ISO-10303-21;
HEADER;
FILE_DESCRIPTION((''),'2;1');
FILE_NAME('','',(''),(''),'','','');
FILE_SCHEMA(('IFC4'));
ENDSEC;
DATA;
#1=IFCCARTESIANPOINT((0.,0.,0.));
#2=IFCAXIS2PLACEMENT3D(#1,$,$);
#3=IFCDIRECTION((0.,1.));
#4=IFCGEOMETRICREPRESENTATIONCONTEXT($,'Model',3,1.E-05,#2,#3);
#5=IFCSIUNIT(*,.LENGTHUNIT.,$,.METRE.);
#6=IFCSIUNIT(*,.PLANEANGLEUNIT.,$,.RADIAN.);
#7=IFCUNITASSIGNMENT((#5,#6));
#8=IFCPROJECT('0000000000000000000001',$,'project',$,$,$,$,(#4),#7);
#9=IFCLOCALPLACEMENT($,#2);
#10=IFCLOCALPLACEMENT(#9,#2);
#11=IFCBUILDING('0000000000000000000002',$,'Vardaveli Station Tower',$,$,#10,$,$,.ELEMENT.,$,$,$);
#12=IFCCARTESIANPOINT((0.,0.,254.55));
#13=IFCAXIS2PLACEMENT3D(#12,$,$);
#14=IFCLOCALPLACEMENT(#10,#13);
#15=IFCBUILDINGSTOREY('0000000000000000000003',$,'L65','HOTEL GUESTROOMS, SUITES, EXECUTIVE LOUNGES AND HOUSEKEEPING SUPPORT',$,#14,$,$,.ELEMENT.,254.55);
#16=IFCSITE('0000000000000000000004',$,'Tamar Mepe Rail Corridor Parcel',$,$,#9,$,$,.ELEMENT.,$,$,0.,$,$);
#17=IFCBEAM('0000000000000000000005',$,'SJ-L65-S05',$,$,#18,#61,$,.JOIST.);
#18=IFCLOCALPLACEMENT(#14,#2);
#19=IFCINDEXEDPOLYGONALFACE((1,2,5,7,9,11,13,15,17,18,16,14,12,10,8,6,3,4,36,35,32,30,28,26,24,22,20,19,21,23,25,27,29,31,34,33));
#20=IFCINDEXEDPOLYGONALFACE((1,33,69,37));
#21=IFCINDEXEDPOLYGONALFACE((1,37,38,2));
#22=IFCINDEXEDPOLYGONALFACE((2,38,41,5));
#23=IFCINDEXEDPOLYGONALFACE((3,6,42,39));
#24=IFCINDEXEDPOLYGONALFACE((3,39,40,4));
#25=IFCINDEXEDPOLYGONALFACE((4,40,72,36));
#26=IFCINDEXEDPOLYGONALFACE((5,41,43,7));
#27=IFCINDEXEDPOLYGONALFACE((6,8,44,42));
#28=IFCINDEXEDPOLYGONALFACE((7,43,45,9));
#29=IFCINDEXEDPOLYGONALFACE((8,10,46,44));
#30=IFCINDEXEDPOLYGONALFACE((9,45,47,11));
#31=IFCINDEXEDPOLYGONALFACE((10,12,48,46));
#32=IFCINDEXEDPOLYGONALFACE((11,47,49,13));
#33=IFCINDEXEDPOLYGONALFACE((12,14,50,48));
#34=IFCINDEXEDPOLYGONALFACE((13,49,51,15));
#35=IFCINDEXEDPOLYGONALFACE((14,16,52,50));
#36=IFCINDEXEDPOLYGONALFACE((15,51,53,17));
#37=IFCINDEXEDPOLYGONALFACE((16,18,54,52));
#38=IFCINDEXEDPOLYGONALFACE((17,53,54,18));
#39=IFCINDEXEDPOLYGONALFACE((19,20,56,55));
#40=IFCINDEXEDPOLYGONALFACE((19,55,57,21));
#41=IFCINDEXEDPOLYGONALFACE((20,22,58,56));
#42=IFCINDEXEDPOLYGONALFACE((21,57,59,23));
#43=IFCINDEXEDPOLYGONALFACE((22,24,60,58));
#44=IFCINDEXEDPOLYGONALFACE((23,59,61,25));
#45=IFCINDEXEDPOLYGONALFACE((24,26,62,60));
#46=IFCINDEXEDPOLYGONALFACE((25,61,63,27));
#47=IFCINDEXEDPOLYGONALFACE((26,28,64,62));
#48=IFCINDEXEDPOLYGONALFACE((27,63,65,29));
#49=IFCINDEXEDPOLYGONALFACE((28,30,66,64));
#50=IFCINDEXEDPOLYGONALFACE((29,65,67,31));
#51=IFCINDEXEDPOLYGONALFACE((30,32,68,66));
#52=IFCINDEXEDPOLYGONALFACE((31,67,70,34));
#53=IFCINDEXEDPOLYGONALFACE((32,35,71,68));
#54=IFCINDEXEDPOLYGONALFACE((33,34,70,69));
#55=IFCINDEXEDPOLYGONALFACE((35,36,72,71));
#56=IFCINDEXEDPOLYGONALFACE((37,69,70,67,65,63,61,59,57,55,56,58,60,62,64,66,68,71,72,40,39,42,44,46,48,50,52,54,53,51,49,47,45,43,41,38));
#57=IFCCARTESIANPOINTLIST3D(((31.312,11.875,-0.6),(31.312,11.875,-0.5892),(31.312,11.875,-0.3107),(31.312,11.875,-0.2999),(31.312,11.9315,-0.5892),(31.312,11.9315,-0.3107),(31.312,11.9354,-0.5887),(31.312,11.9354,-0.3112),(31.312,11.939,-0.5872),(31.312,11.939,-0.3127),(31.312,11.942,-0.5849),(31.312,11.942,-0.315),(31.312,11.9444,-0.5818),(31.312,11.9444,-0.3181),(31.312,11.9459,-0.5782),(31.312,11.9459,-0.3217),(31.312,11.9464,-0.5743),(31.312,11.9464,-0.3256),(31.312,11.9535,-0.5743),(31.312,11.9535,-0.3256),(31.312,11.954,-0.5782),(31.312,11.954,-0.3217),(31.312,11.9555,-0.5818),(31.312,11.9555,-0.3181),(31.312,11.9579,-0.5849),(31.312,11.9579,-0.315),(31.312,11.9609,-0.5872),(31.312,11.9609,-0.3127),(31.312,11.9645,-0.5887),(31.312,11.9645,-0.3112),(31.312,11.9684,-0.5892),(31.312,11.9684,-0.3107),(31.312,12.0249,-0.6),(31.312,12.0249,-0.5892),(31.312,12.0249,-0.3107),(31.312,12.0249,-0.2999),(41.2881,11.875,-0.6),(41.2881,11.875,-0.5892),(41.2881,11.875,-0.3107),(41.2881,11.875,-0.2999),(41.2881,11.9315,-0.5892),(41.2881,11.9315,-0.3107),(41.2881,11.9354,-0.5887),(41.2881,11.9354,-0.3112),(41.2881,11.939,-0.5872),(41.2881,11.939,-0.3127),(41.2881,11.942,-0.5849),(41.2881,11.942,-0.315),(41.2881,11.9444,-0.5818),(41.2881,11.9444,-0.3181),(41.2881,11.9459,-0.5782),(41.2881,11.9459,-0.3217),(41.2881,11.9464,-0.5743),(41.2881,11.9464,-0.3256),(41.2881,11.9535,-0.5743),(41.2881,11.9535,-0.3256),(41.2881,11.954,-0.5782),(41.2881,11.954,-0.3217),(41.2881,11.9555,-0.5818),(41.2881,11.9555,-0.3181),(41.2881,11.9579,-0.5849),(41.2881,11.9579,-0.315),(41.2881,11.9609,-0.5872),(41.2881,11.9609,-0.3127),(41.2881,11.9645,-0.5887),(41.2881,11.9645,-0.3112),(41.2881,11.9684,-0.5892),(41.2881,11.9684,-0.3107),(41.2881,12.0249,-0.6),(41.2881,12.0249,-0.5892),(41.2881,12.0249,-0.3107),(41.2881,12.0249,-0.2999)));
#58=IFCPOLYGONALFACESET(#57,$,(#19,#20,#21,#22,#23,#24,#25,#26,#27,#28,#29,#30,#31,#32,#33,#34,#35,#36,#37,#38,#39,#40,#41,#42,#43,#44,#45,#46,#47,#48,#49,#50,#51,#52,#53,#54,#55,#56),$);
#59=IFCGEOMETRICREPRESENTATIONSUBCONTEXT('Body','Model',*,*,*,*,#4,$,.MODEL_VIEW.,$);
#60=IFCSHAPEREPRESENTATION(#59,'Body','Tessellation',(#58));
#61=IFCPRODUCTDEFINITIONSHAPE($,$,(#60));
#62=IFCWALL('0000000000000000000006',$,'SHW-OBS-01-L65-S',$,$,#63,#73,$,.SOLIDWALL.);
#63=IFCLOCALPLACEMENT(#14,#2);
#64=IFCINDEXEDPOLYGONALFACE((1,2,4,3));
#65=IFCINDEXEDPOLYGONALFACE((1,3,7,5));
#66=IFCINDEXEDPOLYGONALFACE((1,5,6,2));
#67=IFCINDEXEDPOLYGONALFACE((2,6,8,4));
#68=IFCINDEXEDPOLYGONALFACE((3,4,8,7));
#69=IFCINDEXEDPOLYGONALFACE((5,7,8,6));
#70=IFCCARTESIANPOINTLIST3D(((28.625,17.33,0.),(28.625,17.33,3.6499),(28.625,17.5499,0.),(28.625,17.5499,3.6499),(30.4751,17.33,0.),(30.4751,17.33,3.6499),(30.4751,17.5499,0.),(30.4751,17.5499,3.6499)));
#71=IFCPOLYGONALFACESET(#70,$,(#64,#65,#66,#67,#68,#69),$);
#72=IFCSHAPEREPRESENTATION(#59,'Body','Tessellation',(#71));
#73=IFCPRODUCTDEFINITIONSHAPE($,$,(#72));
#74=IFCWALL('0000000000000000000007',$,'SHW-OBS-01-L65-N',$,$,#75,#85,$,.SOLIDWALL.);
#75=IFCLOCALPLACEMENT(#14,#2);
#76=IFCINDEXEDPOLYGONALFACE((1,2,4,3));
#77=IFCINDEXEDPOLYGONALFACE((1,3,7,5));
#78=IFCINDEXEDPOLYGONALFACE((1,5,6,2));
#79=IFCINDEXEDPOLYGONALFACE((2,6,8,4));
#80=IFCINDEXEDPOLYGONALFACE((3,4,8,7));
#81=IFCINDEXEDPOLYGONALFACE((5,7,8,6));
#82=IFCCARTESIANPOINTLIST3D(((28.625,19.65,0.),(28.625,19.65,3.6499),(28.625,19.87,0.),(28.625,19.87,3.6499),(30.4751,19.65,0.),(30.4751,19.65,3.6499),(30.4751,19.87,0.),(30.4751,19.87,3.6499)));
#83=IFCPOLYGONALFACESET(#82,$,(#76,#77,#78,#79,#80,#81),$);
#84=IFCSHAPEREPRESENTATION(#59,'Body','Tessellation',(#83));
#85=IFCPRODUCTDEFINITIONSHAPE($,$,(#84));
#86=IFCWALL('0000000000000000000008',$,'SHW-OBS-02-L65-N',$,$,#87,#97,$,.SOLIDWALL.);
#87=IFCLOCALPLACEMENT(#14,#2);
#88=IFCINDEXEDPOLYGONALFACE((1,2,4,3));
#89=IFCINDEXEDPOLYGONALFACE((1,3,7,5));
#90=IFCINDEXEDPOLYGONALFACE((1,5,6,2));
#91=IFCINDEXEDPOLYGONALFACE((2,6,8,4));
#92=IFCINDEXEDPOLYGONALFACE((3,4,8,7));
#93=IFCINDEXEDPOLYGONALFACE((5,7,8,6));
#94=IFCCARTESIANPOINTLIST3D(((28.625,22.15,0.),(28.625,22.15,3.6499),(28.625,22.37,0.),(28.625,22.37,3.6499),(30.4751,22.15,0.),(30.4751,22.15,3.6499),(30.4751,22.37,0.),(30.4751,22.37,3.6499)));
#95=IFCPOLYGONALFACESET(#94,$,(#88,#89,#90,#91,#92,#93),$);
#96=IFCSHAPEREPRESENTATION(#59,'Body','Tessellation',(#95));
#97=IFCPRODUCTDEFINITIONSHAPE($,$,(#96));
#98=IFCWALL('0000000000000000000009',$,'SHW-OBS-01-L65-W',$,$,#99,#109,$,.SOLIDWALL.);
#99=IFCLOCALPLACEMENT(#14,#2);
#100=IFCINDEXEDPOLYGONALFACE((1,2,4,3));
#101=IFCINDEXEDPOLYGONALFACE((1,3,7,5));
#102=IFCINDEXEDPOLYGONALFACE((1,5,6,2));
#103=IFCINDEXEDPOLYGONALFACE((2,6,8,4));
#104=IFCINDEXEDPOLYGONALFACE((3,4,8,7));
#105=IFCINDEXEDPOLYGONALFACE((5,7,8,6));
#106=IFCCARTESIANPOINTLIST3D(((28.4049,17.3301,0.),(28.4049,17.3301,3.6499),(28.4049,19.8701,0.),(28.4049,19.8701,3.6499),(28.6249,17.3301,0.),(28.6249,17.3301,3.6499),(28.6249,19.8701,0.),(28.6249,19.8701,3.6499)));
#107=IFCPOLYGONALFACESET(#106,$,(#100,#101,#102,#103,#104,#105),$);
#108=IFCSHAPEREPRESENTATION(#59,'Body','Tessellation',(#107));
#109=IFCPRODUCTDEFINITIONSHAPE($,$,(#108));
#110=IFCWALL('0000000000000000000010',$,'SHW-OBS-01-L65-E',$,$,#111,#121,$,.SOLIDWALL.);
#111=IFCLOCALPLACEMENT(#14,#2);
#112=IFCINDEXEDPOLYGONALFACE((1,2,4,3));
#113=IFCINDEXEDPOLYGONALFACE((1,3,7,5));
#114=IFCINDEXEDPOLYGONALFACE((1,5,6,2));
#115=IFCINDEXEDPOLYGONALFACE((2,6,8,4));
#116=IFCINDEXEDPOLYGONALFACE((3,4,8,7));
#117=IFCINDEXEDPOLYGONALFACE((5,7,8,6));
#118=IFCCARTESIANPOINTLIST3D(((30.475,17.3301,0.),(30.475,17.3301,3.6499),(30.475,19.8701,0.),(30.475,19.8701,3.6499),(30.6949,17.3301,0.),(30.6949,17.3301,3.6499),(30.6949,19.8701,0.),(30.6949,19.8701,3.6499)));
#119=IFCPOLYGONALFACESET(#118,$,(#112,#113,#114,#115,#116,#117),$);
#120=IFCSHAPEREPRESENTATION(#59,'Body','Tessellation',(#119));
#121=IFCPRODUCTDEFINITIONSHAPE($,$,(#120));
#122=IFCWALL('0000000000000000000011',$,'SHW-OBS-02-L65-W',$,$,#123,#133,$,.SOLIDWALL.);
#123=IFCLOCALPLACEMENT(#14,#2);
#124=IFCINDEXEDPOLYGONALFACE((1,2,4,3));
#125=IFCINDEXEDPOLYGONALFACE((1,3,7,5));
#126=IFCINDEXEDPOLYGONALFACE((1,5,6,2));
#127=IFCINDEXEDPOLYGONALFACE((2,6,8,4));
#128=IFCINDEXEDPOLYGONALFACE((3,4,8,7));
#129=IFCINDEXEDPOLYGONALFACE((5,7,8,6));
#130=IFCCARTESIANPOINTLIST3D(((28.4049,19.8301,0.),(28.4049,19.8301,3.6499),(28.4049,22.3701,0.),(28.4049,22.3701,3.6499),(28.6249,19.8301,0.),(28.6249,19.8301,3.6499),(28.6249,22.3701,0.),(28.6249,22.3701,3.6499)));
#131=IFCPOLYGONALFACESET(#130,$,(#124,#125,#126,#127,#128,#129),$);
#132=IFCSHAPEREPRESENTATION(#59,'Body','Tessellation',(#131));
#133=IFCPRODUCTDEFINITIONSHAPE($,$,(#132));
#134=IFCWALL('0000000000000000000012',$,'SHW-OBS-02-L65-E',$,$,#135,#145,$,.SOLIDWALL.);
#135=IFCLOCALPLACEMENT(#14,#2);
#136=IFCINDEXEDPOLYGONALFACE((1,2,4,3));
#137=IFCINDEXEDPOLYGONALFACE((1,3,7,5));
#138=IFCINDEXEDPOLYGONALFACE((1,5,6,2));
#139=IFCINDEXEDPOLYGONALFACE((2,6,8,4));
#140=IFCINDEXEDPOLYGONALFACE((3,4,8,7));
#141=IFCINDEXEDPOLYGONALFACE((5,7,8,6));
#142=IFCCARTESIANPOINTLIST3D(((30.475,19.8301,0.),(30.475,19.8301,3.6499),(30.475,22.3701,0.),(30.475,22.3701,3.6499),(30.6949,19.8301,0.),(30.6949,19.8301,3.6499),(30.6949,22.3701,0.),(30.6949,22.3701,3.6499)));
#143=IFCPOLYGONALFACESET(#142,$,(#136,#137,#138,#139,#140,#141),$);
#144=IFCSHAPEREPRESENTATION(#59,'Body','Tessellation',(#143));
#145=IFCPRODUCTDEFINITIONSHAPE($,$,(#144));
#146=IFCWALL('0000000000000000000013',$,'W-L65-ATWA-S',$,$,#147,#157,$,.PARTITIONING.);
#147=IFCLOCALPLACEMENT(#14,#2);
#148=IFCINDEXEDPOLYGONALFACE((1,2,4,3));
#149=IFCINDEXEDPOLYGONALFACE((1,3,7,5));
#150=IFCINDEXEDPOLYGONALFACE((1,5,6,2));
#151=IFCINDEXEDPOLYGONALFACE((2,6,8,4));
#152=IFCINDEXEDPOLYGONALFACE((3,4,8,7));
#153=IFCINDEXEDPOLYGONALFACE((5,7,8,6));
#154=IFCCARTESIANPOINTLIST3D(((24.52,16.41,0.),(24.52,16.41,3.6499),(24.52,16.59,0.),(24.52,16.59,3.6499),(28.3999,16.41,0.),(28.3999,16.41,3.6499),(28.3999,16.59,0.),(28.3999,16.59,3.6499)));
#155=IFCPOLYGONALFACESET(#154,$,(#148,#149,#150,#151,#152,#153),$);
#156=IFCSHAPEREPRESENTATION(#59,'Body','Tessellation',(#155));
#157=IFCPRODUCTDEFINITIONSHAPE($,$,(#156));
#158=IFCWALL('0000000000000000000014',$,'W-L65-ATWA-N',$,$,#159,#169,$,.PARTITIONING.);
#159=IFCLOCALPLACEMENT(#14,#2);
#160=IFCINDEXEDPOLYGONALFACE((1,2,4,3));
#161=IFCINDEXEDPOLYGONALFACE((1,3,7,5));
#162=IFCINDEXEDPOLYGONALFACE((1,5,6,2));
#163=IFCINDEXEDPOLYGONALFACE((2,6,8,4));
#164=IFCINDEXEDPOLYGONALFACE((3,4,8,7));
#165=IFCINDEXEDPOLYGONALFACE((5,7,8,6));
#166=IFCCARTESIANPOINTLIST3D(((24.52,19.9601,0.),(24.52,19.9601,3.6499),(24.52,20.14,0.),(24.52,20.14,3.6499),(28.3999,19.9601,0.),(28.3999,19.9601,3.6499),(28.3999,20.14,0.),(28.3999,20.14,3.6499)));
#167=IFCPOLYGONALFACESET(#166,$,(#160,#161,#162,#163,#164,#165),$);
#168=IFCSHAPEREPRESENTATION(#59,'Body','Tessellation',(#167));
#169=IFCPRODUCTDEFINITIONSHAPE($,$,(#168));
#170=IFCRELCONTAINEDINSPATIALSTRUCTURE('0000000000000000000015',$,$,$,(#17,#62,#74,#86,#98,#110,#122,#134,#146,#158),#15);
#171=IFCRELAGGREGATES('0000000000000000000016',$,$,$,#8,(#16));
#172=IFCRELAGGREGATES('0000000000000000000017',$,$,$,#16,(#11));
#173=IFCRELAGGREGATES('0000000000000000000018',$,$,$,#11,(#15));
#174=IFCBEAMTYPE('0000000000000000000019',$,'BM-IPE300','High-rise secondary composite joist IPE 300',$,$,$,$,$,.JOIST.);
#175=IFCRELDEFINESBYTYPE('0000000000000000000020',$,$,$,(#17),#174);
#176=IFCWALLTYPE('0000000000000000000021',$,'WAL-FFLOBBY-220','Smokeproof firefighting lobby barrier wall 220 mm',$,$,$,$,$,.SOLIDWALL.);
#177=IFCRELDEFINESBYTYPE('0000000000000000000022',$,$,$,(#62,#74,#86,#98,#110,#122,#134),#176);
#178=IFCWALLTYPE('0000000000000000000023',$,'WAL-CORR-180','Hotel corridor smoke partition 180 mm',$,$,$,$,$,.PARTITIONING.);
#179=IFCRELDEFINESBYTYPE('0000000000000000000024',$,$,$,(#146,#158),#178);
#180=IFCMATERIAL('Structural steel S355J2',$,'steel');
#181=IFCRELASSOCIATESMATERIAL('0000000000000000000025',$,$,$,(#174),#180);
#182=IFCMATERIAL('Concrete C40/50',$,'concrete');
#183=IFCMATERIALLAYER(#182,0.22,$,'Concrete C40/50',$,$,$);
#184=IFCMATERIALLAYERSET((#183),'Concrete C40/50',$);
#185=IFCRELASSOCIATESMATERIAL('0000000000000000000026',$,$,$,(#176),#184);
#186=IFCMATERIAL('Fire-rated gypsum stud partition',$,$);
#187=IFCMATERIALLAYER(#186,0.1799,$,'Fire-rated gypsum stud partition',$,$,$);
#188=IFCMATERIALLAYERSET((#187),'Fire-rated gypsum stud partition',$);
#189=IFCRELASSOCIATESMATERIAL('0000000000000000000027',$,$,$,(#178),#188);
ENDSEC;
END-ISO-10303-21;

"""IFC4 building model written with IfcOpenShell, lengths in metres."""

from ifc_helpers import new_model, si_unit, direction, frame, frame_2d, origin, origin_2d, place, context, subcontext, project, spatial, rectangle, i_section, extrude, source, transform, mapped, material, layer, layer_set, material_profile, profile_set, type_object, element, save


model = new_model("IFC4")

# Units and contexts
model_context = context("Model", 3, precision=1e-05, world=origin(), true_north=direction((0.0, 1.0)))
body_context = subcontext(model_context, "Body", "Model", "MODEL_VIEW")
ifc_project = project(units=[si_unit("LENGTHUNIT", "METRE"), si_unit("PLANEANGLEUNIT", "RADIAN")], contexts=[model_context])

# Site, building, storey
site_placement = place(None, origin())
site = spatial("IfcSite", under=ifc_project, at=site_placement, Name="Tamar Mepe Rail Corridor Parcel", CompositionType="ELEMENT", RefElevation=0.0)
building_placement = place(site_placement, origin())
building = spatial("IfcBuilding", under=site, at=building_placement, Name="Vardaveli Station Tower", CompositionType="ELEMENT")
storey_placement = place(building_placement, frame((0.0, 0.0, 254.55)))
storey = spatial("IfcBuildingStorey", under=building, at=storey_placement, Name="L65", Description="HOTEL GUESTROOMS, SUITES, EXECUTIVE LOUNGES AND HOUSEKEEPING SUPPORT", CompositionType="ELEMENT", Elevation=254.55)

# Beam
ifc_material_1 = material(Name="Structural steel S355J2", Category="steel")
ifc_material_profile_1 = material_profile(ifc_material_1, i_section(OverallWidth=0.1499, OverallDepth=0.3, WebThickness=0.0071, FlangeThickness=0.0107, FilletRadius=0.0149, at=origin_2d()), Name="IPE 300")
ifc_profile_set_1 = profile_set([ifc_material_profile_1], Name="Structural steel S355J2")
beam_type_1 = type_object("IfcBeamType", Name="BM-IPE300", Description="High-rise secondary composite joist IPE 300", PredefinedType="JOIST", material=ifc_profile_set_1)
shared_shape_1 = source(origin(), body_context, "Body", "SweptSolid", [
    extrude(i_section(OverallWidth=0.1499, OverallDepth=0.3, WebThickness=0.0071, FlangeThickness=0.0107, FilletRadius=0.0149, at=origin_2d()), origin(), (0.0, 0.0, 1.0), 9.9761),
])
beam_1_placement = place(storey_placement, frame((31.312, 11.95, -0.45), z_axis=(1.0, 0.0, 0.0), x_axis=(0.0, 1.0, 0.0)))
element("IfcBeam", 1, at=beam_1_placement, inside=storey, type_object=beam_type_1, Name="SJ-L65-S05", PredefinedType="JOIST", context=body_context, shape_type="MappedRepresentation", body=[
    mapped(shared_shape_1, transform((0.0, 0.0, 0.0), scale=1.0)),
])

# Walls
ifc_material_2 = material(Name="Concrete C40/50", Category="concrete")
ifc_layer_1 = layer(ifc_material_2, 0.22, Name="Concrete C40/50")
ifc_layer_set_1 = layer_set([ifc_layer_1], Name="Concrete C40/50")
wall_type_1 = type_object("IfcWallType", Name="WAL-FFLOBBY-220", Description="Smokeproof firefighting lobby barrier wall 220 mm", PredefinedType="SOLIDWALL", material=ifc_layer_set_1)
shared_shape_2 = source(origin(), body_context, "Body", "SweptSolid", [
    extrude(rectangle(XDim=1.8501, YDim=0.22, at=frame_2d((0.925, 0.0))), origin(), (0.0, 0.0, 1.0), 3.6499),
])
for number, where, z_axis, x_axis, name in (
    (2, (28.625, 17.4399, 0.0), (0.0, 0.0, 1.0), (1.0, 0.0, 0.0), "SHW-OBS-01-L65-S"),
    (3, (28.625, 19.76, 0.0), (0.0, 0.0, 1.0), (1.0, 0.0, 0.0), "SHW-OBS-01-L65-N"),
    (4, (28.625, 22.26, 0.0), (0.0, 0.0, 1.0), (1.0, 0.0, 0.0), "SHW-OBS-02-L65-N"),
):
    element("IfcWall", number, at=place(storey_placement, frame(where, z_axis=z_axis, x_axis=x_axis)), inside=storey, type_object=wall_type_1, Name=name, PredefinedType="SOLIDWALL", context=body_context, shape_type="MappedRepresentation", body=[
        mapped(shared_shape_2, transform((0.0, 0.0, 0.0), scale=1.0)),
    ])
shared_shape_3 = source(origin(), body_context, "Body", "SweptSolid", [
    extrude(rectangle(XDim=2.54, YDim=0.22, at=frame_2d((1.27, 0.0))), origin(), (0.0, 0.0, 1.0), 3.6499),
])
for number, where, z_axis, x_axis, name in (
    (5, (28.5149, 17.3301, 0.0), (0.0, 0.0, 1.0), (0.0, 1.0, 0.0), "SHW-OBS-01-L65-W"),
    (6, (30.585, 17.3301, 0.0), (0.0, 0.0, 1.0), (0.0, 1.0, 0.0), "SHW-OBS-01-L65-E"),
    (7, (28.5149, 19.8301, 0.0), (0.0, 0.0, 1.0), (0.0, 1.0, 0.0), "SHW-OBS-02-L65-W"),
    (8, (30.585, 19.8301, 0.0), (0.0, 0.0, 1.0), (0.0, 1.0, 0.0), "SHW-OBS-02-L65-E"),
):
    element("IfcWall", number, at=place(storey_placement, frame(where, z_axis=z_axis, x_axis=x_axis)), inside=storey, type_object=wall_type_1, Name=name, PredefinedType="SOLIDWALL", context=body_context, shape_type="MappedRepresentation", body=[
        mapped(shared_shape_3, transform((0.0, 0.0, 0.0), scale=1.0)),
    ])
ifc_material_3 = material(Name="Fire-rated gypsum stud partition")
ifc_layer_2 = layer(ifc_material_3, 0.1799, Name="Fire-rated gypsum stud partition")
ifc_layer_set_2 = layer_set([ifc_layer_2], Name="Fire-rated gypsum stud partition")
wall_type_2 = type_object("IfcWallType", Name="WAL-CORR-180", Description="Hotel corridor smoke partition 180 mm", PredefinedType="PARTITIONING", material=ifc_layer_set_2)
shared_shape_4 = source(origin(), body_context, "Body", "SweptSolid", [
    extrude(rectangle(XDim=3.8799, YDim=0.1799, at=frame_2d((1.9399, 0.0))), origin(), (0.0, 0.0, 1.0), 3.6499),
])
for number, where, z_axis, x_axis, name in (
    (9, (24.52, 16.5, 0.0), (0.0, 0.0, 1.0), (1.0, 0.0, 0.0), "W-L65-ATWA-S"),
    (10, (24.52, 20.05, 0.0), (0.0, 0.0, 1.0), (1.0, 0.0, 0.0), "W-L65-ATWA-N"),
):
    element("IfcWall", number, at=place(storey_placement, frame(where, z_axis=z_axis, x_axis=x_axis)), inside=storey, type_object=wall_type_2, Name=name, PredefinedType="PARTITIONING", context=body_context, shape_type="MappedRepresentation", body=[
        mapped(shared_shape_4, transform((0.0, 0.0, 0.0), scale=1.0)),
    ])

save(model, "model.ifc")
